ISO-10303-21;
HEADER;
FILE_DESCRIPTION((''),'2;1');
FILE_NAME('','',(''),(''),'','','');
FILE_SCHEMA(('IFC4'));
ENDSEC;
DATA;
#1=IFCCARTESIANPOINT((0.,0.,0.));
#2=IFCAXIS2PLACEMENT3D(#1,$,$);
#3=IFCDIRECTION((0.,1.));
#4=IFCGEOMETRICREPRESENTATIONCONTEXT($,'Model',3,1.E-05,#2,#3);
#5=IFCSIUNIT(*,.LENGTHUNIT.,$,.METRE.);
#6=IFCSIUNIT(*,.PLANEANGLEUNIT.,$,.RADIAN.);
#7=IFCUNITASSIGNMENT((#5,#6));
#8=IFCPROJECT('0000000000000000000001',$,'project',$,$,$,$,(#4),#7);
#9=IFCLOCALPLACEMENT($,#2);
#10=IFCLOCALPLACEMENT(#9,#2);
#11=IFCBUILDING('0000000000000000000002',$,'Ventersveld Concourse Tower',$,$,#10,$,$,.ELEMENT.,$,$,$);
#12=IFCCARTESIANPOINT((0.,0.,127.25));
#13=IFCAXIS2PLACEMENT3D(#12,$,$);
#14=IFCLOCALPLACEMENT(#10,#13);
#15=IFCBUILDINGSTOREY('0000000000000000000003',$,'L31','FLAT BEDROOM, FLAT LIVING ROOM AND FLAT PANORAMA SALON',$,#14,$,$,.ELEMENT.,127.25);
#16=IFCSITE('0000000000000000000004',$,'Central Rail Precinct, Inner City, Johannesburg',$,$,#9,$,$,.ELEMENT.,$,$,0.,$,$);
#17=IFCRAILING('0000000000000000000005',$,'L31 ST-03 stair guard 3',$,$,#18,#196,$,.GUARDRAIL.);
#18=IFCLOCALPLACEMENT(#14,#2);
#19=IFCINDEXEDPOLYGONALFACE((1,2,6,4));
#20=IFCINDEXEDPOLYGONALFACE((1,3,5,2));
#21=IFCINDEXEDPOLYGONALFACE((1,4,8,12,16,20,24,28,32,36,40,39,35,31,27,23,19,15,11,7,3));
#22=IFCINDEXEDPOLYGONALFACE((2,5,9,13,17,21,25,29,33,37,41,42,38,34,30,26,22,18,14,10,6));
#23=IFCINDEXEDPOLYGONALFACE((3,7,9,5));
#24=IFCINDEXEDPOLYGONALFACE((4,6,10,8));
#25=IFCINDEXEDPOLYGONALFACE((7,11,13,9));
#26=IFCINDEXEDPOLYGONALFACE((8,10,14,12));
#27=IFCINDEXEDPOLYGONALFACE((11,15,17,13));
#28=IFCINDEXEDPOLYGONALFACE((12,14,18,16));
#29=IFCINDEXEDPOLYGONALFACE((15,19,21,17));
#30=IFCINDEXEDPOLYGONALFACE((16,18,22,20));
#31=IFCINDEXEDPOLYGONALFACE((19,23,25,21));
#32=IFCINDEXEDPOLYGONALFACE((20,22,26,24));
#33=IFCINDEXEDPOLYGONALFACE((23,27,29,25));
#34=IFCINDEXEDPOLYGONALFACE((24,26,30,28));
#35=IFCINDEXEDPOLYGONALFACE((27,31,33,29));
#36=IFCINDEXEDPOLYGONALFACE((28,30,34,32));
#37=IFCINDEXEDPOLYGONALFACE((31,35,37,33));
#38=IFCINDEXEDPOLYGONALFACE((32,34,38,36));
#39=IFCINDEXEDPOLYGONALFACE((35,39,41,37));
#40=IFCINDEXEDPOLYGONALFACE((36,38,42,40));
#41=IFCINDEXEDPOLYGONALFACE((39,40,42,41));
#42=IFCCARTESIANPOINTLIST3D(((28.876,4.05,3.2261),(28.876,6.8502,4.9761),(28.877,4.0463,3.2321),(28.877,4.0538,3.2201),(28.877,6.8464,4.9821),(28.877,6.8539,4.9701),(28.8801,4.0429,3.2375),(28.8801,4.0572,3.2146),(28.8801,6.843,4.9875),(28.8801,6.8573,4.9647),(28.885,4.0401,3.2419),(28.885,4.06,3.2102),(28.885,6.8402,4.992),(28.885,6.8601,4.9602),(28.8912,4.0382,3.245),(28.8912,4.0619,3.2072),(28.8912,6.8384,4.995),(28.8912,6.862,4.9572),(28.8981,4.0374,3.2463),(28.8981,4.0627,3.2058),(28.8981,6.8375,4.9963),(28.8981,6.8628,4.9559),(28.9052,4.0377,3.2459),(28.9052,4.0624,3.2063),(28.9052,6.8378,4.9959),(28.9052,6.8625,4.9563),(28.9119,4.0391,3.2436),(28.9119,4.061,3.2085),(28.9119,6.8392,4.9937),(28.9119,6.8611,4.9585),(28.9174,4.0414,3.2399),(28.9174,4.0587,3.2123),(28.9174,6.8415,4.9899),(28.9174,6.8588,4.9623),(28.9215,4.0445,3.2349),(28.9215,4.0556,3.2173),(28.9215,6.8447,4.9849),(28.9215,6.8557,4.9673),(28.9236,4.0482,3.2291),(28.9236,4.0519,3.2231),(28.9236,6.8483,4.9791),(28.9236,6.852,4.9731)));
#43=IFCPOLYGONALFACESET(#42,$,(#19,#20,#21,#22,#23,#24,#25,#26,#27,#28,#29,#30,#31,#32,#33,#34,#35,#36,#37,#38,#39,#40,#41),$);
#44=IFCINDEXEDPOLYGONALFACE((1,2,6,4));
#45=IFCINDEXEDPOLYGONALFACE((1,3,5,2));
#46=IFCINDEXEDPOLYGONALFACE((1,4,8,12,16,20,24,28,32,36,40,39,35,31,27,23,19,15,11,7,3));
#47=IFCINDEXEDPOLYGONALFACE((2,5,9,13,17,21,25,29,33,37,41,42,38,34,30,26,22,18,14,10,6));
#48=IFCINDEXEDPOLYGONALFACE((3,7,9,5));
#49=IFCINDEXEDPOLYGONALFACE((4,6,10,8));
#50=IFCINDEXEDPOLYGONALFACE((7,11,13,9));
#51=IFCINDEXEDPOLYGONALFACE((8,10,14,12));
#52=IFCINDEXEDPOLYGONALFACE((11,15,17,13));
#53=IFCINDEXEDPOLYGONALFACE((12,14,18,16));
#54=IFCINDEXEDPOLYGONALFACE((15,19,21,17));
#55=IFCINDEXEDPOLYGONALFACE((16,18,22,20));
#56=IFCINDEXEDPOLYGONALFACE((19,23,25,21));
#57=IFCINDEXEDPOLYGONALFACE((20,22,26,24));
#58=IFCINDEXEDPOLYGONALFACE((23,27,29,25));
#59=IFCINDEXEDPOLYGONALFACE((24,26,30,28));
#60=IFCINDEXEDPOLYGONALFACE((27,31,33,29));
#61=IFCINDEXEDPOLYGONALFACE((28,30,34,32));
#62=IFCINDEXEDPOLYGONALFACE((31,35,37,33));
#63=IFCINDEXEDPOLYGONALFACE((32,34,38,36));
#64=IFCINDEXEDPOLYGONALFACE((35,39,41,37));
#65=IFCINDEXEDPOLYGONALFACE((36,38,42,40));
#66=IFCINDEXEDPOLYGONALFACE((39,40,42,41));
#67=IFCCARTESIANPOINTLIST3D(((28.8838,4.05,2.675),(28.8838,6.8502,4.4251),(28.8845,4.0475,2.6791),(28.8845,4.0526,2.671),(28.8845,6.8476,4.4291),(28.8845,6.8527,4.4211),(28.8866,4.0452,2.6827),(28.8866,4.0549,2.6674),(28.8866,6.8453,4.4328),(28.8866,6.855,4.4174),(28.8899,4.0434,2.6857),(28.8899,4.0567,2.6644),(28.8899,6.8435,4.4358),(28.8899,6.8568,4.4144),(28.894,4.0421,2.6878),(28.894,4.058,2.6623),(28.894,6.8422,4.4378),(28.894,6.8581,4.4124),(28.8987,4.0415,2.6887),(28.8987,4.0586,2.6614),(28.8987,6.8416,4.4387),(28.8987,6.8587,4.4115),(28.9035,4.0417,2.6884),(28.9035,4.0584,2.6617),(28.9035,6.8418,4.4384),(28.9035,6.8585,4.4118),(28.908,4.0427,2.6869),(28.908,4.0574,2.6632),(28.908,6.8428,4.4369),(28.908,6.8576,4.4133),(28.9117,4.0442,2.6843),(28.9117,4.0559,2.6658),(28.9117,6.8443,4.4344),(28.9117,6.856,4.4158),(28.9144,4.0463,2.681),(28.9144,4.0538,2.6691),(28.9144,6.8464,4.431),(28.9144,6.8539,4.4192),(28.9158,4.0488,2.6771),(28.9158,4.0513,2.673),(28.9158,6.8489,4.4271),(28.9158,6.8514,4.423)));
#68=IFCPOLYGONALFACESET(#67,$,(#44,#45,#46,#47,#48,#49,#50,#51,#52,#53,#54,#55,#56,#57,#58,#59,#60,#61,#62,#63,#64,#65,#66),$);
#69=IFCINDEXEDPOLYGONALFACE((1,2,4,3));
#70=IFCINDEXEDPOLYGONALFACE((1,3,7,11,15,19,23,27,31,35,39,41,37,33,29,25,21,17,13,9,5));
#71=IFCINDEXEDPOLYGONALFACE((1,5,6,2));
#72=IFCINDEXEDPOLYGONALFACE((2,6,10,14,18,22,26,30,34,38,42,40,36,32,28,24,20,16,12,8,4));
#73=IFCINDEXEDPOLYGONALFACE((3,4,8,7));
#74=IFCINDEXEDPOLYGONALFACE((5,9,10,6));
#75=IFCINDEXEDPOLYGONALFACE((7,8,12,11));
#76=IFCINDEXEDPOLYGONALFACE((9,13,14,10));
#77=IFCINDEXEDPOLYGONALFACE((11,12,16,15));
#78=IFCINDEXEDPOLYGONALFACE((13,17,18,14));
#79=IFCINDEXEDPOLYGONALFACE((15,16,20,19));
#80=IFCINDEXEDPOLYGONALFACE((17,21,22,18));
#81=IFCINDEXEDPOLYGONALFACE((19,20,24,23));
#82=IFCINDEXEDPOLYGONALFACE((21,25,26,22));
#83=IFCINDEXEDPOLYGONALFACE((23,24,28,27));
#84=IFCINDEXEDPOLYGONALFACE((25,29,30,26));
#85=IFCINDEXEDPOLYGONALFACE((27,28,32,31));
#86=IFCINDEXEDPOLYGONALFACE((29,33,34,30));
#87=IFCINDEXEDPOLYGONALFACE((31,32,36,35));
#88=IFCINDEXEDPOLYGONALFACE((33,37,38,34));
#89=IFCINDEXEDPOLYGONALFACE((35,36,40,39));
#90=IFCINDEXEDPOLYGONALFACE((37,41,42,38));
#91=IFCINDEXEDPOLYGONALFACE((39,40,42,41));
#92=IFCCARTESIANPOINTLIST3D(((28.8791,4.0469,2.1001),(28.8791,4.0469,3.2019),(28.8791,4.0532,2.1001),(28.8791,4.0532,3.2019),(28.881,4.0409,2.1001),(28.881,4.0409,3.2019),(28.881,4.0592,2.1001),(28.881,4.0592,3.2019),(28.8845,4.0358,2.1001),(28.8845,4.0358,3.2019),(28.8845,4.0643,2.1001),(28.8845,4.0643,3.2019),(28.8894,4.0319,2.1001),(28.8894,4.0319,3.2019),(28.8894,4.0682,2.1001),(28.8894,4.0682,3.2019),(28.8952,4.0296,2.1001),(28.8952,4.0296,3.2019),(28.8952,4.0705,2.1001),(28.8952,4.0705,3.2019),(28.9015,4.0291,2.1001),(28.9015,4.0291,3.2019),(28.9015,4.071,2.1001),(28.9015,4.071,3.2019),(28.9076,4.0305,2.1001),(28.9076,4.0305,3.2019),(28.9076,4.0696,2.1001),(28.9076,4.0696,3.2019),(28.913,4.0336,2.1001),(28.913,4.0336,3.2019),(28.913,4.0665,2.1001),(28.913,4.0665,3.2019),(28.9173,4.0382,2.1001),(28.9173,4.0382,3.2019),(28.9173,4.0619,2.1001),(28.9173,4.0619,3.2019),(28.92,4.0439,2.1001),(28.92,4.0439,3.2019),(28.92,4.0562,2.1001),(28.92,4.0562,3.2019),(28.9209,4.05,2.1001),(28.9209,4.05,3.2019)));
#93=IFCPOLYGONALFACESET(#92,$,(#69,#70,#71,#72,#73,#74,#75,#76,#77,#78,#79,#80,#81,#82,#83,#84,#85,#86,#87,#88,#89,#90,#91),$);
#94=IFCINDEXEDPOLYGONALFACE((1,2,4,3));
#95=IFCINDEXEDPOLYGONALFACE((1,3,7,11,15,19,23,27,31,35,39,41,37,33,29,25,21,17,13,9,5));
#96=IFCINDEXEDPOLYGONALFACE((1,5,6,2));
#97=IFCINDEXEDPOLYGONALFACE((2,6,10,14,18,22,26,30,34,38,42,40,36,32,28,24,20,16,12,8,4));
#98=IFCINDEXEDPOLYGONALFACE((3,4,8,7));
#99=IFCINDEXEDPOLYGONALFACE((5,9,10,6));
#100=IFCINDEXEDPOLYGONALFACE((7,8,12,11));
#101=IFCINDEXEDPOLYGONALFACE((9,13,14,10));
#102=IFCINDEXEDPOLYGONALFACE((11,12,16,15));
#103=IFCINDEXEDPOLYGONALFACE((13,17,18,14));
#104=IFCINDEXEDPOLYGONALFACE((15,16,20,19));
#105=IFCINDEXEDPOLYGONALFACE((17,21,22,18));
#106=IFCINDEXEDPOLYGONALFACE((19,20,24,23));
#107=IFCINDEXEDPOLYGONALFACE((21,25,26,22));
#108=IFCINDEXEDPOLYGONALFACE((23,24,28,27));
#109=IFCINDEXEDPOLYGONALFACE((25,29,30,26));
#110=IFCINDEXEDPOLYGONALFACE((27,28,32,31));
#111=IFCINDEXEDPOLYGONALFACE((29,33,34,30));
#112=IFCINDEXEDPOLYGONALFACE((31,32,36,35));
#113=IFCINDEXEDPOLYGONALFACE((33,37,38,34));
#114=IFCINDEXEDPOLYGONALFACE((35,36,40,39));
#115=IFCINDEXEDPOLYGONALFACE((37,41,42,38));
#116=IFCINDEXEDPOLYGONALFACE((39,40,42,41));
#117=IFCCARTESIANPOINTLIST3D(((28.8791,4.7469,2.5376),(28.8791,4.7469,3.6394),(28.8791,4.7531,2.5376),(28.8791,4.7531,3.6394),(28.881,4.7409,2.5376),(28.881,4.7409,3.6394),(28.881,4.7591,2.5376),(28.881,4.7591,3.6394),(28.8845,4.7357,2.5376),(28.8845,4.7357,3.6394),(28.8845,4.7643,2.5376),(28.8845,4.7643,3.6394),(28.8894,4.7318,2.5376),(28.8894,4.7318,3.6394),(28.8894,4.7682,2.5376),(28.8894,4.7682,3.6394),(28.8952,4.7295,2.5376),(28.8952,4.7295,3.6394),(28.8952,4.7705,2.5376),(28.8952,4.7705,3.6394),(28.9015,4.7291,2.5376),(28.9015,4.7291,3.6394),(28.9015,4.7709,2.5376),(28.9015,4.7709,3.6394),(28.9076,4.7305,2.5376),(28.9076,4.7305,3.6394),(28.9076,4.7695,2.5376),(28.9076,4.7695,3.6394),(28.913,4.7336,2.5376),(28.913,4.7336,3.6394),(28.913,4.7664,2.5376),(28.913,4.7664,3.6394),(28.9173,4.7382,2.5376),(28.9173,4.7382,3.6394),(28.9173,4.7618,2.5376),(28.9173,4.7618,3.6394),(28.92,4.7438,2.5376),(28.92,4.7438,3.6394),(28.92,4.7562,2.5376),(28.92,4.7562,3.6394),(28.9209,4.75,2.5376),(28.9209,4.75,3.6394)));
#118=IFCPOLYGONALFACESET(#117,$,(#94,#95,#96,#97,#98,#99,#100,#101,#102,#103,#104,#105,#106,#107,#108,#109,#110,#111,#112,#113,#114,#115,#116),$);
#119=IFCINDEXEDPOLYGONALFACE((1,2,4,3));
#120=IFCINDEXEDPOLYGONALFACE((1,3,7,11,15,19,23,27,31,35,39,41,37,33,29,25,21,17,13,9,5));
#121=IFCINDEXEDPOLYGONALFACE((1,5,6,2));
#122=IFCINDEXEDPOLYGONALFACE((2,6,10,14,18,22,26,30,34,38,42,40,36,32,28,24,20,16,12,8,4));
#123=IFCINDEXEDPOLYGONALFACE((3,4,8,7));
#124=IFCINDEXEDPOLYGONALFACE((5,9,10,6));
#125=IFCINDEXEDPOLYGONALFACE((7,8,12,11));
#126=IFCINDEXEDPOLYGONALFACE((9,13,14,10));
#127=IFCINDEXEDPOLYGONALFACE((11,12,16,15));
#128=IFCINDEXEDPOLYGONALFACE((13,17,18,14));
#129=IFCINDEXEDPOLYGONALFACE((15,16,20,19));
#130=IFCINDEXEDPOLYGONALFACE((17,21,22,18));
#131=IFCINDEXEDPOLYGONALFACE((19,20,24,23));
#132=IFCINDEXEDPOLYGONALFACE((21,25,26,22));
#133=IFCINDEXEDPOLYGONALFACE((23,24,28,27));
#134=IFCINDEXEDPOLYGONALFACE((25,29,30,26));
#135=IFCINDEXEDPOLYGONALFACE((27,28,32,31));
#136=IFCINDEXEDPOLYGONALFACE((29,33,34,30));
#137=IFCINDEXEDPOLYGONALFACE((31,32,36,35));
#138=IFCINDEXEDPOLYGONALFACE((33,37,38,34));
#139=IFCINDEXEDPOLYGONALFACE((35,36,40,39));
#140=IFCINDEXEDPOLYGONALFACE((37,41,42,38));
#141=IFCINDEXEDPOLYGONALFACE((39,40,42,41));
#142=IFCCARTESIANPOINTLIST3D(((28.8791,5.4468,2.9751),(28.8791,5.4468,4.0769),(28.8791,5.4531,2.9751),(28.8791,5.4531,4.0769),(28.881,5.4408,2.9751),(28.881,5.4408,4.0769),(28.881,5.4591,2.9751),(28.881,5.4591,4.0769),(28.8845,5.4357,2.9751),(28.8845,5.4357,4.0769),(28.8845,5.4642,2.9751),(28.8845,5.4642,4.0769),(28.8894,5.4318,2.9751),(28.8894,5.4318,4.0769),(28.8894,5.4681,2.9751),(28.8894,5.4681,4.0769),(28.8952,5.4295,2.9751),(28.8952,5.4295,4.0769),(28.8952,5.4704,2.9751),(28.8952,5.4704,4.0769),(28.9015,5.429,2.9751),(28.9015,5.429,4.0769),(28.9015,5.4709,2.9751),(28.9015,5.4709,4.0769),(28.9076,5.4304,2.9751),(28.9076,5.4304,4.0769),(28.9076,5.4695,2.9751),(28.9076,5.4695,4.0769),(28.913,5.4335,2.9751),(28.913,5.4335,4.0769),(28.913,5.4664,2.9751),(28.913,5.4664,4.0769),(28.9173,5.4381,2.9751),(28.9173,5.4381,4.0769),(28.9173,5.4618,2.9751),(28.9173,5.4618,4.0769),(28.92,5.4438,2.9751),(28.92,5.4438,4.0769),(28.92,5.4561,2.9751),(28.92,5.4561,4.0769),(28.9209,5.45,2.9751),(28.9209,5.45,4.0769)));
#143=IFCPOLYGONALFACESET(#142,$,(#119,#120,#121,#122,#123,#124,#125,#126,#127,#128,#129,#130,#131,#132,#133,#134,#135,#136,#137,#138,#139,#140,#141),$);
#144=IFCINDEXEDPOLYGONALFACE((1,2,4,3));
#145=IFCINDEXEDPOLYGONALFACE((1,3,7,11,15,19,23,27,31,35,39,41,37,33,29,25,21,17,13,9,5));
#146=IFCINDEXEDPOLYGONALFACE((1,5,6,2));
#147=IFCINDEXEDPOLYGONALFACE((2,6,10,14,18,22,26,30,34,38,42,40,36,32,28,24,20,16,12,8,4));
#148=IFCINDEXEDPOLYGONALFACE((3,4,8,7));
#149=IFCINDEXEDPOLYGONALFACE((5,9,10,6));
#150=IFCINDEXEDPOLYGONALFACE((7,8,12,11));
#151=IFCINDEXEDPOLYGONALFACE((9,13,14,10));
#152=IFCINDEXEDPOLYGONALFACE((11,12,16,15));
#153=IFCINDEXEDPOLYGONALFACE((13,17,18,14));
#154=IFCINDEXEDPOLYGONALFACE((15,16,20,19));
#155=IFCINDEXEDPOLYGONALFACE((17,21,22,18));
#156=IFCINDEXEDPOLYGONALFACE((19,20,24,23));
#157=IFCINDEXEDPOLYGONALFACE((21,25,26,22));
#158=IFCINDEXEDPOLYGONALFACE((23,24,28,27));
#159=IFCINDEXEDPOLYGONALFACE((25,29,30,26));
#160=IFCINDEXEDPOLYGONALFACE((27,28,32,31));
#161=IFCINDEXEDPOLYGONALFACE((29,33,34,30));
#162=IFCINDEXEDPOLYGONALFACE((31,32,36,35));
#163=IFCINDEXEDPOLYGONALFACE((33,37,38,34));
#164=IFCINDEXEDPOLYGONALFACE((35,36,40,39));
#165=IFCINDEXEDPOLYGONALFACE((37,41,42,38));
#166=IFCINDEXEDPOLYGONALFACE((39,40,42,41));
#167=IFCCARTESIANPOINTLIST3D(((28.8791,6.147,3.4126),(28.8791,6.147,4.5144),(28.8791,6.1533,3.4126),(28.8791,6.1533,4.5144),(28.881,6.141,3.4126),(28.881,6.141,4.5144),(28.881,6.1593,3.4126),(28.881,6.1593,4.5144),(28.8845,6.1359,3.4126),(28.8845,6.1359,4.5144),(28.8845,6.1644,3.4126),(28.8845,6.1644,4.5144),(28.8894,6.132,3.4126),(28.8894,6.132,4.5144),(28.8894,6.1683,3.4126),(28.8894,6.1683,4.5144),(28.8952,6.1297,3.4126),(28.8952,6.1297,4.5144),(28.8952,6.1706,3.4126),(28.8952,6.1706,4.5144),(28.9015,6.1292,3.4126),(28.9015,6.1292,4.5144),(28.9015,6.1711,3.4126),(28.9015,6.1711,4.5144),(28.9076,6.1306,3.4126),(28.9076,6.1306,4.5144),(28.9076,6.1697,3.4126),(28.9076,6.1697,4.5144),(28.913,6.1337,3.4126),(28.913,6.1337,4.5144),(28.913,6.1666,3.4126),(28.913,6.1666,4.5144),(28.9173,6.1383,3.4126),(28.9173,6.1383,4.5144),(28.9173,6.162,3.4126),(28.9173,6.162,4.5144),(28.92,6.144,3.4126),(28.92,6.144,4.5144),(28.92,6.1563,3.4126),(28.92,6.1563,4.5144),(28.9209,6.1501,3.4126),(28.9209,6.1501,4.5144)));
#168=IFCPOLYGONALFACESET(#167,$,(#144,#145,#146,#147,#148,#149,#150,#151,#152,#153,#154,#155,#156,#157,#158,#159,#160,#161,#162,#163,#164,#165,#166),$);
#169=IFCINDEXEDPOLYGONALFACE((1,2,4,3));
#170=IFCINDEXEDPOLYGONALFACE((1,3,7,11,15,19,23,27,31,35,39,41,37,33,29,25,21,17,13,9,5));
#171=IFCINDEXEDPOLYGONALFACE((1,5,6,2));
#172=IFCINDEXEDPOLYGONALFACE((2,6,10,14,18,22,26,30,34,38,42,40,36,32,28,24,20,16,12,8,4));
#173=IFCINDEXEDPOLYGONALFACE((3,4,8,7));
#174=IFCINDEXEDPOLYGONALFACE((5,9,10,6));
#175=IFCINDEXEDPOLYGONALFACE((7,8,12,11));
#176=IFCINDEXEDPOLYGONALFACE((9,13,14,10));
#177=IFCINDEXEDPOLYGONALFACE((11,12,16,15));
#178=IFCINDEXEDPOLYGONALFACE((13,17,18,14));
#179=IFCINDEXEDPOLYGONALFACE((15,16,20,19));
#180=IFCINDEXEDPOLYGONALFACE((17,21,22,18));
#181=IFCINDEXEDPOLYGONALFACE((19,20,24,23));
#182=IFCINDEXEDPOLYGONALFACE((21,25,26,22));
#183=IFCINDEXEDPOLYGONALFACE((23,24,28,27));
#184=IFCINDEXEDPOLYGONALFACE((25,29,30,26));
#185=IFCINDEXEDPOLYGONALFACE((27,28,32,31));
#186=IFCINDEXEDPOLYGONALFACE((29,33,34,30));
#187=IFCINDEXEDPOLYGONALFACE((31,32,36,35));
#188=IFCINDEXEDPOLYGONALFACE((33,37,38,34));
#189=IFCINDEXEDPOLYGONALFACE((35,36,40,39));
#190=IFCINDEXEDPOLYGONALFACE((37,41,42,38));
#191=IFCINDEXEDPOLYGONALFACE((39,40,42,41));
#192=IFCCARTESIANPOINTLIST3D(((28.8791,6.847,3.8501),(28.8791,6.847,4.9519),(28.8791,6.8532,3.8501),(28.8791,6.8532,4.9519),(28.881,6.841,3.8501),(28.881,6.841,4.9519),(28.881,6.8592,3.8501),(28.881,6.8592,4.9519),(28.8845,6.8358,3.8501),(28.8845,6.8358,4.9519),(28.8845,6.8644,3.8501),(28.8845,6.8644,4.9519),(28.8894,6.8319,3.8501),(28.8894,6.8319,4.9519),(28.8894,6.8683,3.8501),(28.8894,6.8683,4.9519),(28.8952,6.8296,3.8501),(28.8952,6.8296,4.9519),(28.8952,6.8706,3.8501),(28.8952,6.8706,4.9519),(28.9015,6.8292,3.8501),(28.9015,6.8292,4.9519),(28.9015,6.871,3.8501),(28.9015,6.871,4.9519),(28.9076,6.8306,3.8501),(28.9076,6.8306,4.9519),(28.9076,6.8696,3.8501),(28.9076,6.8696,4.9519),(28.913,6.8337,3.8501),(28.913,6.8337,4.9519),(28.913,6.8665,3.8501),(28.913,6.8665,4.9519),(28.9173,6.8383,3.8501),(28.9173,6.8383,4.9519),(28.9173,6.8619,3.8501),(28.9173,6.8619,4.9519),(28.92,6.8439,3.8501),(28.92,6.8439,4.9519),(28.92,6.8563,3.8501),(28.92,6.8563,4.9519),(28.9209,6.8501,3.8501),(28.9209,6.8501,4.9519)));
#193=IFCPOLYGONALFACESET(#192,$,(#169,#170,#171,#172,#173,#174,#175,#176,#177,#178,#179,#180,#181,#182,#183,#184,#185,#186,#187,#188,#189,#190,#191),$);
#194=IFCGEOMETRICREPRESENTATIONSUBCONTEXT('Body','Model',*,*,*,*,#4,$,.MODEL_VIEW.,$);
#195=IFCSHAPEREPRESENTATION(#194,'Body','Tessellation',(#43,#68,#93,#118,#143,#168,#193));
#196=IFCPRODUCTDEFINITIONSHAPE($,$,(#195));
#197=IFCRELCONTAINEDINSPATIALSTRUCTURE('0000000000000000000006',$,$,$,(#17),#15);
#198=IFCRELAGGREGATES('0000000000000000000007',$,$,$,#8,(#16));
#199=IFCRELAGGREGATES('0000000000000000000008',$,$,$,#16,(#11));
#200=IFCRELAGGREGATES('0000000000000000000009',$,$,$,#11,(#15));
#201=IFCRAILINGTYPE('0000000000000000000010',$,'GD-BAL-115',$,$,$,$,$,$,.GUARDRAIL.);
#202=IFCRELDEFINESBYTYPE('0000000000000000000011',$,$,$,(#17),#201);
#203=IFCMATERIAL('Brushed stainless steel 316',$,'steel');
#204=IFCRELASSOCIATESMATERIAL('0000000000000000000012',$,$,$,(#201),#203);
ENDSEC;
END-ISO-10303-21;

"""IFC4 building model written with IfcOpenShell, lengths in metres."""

from ifc_helpers import new_model, si_unit, direction, frame, origin, origin_2d, place, context, subcontext, project, spatial, circle, extrude, material, type_object, element, save


model = new_model("IFC4")

# Units and contexts
model_context = context("Model", 3, precision=1e-05, world=origin(), true_north=direction((0.0, 1.0)))
body_context = subcontext(model_context, "Body", "Model", "MODEL_VIEW")
ifc_project = project(units=[si_unit("LENGTHUNIT", "METRE"), si_unit("PLANEANGLEUNIT", "RADIAN")], contexts=[model_context])

# Site, building, storey
site_placement = place(None, origin())
site = spatial("IfcSite", under=ifc_project, at=site_placement, Name="Central Rail Precinct, Inner City, Johannesburg", CompositionType="ELEMENT", RefElevation=0.0)
building_placement = place(site_placement, origin())
building = spatial("IfcBuilding", under=site, at=building_placement, Name="Ventersveld Concourse Tower", CompositionType="ELEMENT")
storey_placement = place(building_placement, frame((0.0, 0.0, 127.25)))
storey = spatial("IfcBuildingStorey", under=building, at=storey_placement, Name="L31", Description="FLAT BEDROOM, FLAT LIVING ROOM AND FLAT PANORAMA SALON", CompositionType="ELEMENT", Elevation=127.25)

# Railing
ifc_material_1 = material(Name="Brushed stainless steel 316", Category="steel")
railing_type_1 = type_object("IfcRailingType", Name="GD-BAL-115", PredefinedType="GUARDRAIL", material=ifc_material_1)
railing_1_placement = place(storey_placement, frame((28.8999, 4.05, 2.1001)))
element("IfcRailing", 1, at=railing_1_placement, inside=storey, type_object=railing_type_1, Name="L31 ST-03 stair guard 3", PredefinedType="GUARDRAIL", context=body_context, shape_type="SweptSolid", body=[
    extrude(circle(Radius=0.0239, at=origin_2d()), frame((0.0, 0.0, 1.126), z_axis=(0.0, 0.848002, 0.529992), x_axis=(-1.0, 0.0, 0.0)), (0.0, 0.0, 1.0), 3.302),
    extrude(circle(Radius=0.0161, at=origin_2d()), frame((0.0, 0.0, 0.575), z_axis=(0.0, 0.848002, 0.529992), x_axis=(-1.0, 0.0, 0.0)), (0.0, 0.0, 1.0), 3.302),
    extrude(circle(Radius=0.021, at=origin_2d()), origin(), (0.0, 0.0, 1.0), 1.1018),
    extrude(circle(Radius=0.021, at=origin_2d()), frame((0.0, 0.7, 0.4375)), (0.0, 0.0, 1.0), 1.1018),
    extrude(circle(Radius=0.021, at=origin_2d()), frame((0.0, 1.3999, 0.875)), (0.0, 0.0, 1.0), 1.1018),
    extrude(circle(Radius=0.021, at=origin_2d()), frame((0.0, 2.1001, 1.3125)), (0.0, 0.0, 1.0), 1.1018),
    extrude(circle(Radius=0.021, at=origin_2d()), frame((0.0, 2.8, 1.75)), (0.0, 0.0, 1.0), 1.1018),
])

save(model, "model.ifc")
